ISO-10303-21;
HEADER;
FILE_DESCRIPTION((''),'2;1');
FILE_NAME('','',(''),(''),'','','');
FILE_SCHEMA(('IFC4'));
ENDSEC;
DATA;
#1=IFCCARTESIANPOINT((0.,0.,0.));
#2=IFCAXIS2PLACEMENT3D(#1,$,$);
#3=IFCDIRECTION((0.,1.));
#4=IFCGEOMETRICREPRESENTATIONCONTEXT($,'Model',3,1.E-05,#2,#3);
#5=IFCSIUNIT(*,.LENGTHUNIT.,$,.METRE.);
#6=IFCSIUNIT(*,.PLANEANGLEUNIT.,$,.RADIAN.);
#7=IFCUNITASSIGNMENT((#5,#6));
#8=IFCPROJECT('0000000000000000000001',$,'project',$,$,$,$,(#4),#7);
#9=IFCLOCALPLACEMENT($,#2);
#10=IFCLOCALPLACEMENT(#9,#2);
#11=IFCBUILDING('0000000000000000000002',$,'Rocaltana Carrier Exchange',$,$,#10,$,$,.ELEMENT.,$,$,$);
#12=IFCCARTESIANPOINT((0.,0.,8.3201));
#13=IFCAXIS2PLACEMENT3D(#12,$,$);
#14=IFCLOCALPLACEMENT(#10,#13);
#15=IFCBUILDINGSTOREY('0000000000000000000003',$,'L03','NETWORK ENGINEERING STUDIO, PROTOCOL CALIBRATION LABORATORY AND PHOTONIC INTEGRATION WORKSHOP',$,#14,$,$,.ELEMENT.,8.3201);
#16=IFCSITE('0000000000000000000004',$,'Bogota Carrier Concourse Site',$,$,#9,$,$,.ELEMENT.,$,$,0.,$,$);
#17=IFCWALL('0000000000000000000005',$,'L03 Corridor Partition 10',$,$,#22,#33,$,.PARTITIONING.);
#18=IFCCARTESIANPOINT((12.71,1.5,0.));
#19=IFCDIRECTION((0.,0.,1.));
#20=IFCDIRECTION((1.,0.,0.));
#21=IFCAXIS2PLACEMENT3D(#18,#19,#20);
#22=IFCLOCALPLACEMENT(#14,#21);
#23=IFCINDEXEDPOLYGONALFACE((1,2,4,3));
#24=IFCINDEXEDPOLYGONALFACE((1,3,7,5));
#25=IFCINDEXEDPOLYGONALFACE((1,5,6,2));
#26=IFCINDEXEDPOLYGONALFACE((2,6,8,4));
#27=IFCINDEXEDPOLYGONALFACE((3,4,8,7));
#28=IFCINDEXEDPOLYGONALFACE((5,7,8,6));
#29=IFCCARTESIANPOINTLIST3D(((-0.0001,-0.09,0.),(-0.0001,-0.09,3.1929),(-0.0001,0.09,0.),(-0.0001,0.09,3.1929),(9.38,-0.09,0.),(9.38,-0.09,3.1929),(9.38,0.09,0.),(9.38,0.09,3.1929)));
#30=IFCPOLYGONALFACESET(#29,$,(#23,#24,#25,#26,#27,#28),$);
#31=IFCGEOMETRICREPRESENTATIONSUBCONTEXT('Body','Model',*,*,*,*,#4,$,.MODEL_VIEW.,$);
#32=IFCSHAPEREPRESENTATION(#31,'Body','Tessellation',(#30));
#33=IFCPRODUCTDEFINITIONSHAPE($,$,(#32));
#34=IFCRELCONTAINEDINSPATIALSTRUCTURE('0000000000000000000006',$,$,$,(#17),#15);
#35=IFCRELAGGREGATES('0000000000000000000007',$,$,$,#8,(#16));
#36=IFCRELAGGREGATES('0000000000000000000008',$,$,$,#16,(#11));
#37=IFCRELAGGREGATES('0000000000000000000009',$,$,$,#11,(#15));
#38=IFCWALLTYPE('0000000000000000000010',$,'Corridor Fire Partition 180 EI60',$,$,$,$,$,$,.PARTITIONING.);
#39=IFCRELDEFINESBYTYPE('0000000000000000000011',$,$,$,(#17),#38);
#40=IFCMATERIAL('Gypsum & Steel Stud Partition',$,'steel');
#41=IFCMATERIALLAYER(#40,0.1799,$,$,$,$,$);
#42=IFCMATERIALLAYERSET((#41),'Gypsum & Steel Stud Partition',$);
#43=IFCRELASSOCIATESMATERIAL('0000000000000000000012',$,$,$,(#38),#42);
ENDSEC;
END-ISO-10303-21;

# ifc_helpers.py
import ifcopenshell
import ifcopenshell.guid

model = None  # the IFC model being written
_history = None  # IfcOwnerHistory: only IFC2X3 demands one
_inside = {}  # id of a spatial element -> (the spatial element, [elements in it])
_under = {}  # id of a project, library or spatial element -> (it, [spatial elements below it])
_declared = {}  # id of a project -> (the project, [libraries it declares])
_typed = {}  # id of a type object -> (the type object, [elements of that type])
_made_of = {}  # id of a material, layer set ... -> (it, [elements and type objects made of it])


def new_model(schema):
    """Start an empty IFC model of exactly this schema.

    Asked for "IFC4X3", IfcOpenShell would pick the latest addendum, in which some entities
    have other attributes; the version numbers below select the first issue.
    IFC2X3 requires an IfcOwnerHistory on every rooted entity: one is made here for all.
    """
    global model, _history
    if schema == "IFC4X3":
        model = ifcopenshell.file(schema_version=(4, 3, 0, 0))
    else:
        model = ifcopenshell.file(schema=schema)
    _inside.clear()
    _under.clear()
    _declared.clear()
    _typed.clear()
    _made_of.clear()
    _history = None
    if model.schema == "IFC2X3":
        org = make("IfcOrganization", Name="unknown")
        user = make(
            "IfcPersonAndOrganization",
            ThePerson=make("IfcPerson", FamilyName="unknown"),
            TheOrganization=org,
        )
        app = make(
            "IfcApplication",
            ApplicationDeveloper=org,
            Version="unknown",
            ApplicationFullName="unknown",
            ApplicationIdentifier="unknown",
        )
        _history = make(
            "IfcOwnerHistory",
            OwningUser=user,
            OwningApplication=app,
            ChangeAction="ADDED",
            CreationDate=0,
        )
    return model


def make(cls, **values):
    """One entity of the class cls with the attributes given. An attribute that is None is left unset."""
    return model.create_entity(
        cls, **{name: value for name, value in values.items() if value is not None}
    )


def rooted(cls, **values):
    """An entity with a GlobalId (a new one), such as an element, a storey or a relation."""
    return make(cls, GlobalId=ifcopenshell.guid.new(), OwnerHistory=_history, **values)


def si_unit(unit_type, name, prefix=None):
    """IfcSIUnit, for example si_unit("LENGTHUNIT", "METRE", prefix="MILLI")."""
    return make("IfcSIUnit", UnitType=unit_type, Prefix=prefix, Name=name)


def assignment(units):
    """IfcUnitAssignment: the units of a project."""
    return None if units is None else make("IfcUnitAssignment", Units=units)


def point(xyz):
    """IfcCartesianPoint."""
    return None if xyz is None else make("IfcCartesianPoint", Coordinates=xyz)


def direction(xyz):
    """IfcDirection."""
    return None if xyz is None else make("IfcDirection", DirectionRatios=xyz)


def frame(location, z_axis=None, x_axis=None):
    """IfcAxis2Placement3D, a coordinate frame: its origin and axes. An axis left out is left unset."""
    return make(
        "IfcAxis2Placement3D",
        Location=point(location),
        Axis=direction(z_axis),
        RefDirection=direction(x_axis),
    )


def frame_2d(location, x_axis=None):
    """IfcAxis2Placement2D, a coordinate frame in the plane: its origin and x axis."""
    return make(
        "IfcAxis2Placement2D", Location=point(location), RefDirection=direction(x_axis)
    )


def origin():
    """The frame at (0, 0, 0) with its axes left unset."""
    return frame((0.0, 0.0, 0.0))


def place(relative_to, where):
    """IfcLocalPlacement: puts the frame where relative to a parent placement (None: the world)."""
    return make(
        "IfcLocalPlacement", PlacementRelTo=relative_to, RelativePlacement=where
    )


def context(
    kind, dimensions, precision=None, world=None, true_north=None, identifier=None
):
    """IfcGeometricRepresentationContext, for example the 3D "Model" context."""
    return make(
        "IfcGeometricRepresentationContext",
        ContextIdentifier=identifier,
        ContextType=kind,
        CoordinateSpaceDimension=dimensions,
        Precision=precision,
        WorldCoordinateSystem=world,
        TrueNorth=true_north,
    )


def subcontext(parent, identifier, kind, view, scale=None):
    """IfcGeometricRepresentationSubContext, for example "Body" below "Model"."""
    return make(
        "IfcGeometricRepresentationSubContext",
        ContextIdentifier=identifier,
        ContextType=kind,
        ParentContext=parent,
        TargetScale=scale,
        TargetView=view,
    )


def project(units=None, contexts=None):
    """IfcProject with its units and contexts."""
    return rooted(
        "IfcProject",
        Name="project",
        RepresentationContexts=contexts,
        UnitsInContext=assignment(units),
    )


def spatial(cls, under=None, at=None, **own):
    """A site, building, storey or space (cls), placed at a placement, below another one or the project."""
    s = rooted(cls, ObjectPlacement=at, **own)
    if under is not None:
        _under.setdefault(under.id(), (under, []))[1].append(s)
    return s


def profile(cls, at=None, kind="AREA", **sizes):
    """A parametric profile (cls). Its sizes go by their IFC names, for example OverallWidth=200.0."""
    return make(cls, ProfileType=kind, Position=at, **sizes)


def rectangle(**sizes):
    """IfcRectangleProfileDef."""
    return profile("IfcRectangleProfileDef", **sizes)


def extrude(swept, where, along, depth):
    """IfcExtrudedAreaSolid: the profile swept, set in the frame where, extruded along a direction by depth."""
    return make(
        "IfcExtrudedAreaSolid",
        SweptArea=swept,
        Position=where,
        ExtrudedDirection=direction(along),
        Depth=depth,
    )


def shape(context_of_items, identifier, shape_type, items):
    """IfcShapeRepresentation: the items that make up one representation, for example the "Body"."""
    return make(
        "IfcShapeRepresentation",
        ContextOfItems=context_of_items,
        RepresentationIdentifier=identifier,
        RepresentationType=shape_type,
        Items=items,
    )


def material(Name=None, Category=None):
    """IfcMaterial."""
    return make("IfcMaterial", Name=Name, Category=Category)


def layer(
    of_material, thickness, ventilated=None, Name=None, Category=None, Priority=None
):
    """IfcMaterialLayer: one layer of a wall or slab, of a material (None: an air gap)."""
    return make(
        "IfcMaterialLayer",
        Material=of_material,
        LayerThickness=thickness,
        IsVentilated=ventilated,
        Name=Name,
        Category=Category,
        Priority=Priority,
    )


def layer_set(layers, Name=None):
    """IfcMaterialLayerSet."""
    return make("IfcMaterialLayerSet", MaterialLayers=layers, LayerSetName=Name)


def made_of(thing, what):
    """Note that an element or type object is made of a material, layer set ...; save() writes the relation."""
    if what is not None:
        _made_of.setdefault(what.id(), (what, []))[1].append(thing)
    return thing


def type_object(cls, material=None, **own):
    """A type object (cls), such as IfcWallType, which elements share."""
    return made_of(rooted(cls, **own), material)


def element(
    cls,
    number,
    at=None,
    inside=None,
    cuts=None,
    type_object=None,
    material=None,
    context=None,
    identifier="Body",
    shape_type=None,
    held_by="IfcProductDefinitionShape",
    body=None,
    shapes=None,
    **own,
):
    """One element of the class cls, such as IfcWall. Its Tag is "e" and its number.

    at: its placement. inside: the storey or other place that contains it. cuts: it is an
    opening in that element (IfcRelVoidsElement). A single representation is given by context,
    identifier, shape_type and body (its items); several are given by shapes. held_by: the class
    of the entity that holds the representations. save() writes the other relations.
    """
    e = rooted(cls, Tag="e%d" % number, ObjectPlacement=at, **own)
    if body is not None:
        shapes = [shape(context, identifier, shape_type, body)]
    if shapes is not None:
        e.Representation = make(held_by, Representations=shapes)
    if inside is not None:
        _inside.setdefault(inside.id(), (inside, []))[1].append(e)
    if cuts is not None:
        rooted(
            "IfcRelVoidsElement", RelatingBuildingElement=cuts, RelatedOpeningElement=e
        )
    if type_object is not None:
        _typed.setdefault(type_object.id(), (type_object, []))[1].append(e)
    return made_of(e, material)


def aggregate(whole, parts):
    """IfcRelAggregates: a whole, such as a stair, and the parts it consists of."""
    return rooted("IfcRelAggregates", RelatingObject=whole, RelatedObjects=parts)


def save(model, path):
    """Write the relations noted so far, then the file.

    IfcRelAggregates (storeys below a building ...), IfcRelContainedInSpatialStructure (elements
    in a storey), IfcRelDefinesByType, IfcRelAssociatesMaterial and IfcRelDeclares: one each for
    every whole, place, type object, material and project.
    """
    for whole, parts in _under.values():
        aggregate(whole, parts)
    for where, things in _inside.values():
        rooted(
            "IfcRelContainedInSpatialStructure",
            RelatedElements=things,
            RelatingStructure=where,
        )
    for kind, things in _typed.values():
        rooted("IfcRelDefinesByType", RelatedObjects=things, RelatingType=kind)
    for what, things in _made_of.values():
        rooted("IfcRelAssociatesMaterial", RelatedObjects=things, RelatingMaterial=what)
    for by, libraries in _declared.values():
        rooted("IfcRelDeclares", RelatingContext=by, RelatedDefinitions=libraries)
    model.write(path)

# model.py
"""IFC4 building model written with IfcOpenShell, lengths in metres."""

from ifc_helpers import new_model, si_unit, direction, frame, frame_2d, origin, place, context, subcontext, project, spatial, rectangle, extrude, material, layer, layer_set, type_object, element, save


model = new_model("IFC4")

# Units and contexts
model_context = context("Model", 3, precision=1e-05, world=origin(), true_north=direction((0.0, 1.0)))
body_context = subcontext(model_context, "Body", "Model", "MODEL_VIEW")
ifc_project = project(units=[si_unit("LENGTHUNIT", "METRE"), si_unit("PLANEANGLEUNIT", "RADIAN")], contexts=[model_context])

# Site, building, storey
site_placement = place(None, origin())
site = spatial("IfcSite", under=ifc_project, at=site_placement, Name="Bogota Carrier Concourse Site", CompositionType="ELEMENT", RefElevation=0.0)
building_placement = place(site_placement, origin())
building = spatial("IfcBuilding", under=site, at=building_placement, Name="Rocaltana Carrier Exchange", CompositionType="ELEMENT")
storey_placement = place(building_placement, frame((0.0, 0.0, 8.3201)))
storey = spatial("IfcBuildingStorey", under=building, at=storey_placement, Name="L03", Description="NETWORK ENGINEERING STUDIO, PROTOCOL CALIBRATION LABORATORY AND PHOTONIC INTEGRATION WORKSHOP", CompositionType="ELEMENT", Elevation=8.3201)

# Wall
ifc_material_1 = material(Name="Gypsum & Steel Stud Partition", Category="steel")
ifc_layer_1 = layer(ifc_material_1, 0.1799)
ifc_layer_set_1 = layer_set([ifc_layer_1], Name="Gypsum & Steel Stud Partition")
wall_type_1 = type_object("IfcWallType", Name="Corridor Fire Partition 180 EI60", PredefinedType="PARTITIONING", material=ifc_layer_set_1)
wall_1_placement = place(storey_placement, frame((12.71, 1.5, 0.0), z_axis=(0.0, 0.0, 1.0), x_axis=(1.0, 0.0, 0.0)))
element("IfcWall", 1, at=wall_1_placement, inside=storey, type_object=wall_type_1, Name="L03 Corridor Partition 10", PredefinedType="PARTITIONING", context=body_context, shape_type="SweptSolid", body=[
    extrude(rectangle(XDim=9.3801, YDim=0.1799, at=frame_2d((4.6899, 0.0))), origin(), (0.0, 0.0, 1.0), 3.1929),
])

save(model, "model.ifc")
